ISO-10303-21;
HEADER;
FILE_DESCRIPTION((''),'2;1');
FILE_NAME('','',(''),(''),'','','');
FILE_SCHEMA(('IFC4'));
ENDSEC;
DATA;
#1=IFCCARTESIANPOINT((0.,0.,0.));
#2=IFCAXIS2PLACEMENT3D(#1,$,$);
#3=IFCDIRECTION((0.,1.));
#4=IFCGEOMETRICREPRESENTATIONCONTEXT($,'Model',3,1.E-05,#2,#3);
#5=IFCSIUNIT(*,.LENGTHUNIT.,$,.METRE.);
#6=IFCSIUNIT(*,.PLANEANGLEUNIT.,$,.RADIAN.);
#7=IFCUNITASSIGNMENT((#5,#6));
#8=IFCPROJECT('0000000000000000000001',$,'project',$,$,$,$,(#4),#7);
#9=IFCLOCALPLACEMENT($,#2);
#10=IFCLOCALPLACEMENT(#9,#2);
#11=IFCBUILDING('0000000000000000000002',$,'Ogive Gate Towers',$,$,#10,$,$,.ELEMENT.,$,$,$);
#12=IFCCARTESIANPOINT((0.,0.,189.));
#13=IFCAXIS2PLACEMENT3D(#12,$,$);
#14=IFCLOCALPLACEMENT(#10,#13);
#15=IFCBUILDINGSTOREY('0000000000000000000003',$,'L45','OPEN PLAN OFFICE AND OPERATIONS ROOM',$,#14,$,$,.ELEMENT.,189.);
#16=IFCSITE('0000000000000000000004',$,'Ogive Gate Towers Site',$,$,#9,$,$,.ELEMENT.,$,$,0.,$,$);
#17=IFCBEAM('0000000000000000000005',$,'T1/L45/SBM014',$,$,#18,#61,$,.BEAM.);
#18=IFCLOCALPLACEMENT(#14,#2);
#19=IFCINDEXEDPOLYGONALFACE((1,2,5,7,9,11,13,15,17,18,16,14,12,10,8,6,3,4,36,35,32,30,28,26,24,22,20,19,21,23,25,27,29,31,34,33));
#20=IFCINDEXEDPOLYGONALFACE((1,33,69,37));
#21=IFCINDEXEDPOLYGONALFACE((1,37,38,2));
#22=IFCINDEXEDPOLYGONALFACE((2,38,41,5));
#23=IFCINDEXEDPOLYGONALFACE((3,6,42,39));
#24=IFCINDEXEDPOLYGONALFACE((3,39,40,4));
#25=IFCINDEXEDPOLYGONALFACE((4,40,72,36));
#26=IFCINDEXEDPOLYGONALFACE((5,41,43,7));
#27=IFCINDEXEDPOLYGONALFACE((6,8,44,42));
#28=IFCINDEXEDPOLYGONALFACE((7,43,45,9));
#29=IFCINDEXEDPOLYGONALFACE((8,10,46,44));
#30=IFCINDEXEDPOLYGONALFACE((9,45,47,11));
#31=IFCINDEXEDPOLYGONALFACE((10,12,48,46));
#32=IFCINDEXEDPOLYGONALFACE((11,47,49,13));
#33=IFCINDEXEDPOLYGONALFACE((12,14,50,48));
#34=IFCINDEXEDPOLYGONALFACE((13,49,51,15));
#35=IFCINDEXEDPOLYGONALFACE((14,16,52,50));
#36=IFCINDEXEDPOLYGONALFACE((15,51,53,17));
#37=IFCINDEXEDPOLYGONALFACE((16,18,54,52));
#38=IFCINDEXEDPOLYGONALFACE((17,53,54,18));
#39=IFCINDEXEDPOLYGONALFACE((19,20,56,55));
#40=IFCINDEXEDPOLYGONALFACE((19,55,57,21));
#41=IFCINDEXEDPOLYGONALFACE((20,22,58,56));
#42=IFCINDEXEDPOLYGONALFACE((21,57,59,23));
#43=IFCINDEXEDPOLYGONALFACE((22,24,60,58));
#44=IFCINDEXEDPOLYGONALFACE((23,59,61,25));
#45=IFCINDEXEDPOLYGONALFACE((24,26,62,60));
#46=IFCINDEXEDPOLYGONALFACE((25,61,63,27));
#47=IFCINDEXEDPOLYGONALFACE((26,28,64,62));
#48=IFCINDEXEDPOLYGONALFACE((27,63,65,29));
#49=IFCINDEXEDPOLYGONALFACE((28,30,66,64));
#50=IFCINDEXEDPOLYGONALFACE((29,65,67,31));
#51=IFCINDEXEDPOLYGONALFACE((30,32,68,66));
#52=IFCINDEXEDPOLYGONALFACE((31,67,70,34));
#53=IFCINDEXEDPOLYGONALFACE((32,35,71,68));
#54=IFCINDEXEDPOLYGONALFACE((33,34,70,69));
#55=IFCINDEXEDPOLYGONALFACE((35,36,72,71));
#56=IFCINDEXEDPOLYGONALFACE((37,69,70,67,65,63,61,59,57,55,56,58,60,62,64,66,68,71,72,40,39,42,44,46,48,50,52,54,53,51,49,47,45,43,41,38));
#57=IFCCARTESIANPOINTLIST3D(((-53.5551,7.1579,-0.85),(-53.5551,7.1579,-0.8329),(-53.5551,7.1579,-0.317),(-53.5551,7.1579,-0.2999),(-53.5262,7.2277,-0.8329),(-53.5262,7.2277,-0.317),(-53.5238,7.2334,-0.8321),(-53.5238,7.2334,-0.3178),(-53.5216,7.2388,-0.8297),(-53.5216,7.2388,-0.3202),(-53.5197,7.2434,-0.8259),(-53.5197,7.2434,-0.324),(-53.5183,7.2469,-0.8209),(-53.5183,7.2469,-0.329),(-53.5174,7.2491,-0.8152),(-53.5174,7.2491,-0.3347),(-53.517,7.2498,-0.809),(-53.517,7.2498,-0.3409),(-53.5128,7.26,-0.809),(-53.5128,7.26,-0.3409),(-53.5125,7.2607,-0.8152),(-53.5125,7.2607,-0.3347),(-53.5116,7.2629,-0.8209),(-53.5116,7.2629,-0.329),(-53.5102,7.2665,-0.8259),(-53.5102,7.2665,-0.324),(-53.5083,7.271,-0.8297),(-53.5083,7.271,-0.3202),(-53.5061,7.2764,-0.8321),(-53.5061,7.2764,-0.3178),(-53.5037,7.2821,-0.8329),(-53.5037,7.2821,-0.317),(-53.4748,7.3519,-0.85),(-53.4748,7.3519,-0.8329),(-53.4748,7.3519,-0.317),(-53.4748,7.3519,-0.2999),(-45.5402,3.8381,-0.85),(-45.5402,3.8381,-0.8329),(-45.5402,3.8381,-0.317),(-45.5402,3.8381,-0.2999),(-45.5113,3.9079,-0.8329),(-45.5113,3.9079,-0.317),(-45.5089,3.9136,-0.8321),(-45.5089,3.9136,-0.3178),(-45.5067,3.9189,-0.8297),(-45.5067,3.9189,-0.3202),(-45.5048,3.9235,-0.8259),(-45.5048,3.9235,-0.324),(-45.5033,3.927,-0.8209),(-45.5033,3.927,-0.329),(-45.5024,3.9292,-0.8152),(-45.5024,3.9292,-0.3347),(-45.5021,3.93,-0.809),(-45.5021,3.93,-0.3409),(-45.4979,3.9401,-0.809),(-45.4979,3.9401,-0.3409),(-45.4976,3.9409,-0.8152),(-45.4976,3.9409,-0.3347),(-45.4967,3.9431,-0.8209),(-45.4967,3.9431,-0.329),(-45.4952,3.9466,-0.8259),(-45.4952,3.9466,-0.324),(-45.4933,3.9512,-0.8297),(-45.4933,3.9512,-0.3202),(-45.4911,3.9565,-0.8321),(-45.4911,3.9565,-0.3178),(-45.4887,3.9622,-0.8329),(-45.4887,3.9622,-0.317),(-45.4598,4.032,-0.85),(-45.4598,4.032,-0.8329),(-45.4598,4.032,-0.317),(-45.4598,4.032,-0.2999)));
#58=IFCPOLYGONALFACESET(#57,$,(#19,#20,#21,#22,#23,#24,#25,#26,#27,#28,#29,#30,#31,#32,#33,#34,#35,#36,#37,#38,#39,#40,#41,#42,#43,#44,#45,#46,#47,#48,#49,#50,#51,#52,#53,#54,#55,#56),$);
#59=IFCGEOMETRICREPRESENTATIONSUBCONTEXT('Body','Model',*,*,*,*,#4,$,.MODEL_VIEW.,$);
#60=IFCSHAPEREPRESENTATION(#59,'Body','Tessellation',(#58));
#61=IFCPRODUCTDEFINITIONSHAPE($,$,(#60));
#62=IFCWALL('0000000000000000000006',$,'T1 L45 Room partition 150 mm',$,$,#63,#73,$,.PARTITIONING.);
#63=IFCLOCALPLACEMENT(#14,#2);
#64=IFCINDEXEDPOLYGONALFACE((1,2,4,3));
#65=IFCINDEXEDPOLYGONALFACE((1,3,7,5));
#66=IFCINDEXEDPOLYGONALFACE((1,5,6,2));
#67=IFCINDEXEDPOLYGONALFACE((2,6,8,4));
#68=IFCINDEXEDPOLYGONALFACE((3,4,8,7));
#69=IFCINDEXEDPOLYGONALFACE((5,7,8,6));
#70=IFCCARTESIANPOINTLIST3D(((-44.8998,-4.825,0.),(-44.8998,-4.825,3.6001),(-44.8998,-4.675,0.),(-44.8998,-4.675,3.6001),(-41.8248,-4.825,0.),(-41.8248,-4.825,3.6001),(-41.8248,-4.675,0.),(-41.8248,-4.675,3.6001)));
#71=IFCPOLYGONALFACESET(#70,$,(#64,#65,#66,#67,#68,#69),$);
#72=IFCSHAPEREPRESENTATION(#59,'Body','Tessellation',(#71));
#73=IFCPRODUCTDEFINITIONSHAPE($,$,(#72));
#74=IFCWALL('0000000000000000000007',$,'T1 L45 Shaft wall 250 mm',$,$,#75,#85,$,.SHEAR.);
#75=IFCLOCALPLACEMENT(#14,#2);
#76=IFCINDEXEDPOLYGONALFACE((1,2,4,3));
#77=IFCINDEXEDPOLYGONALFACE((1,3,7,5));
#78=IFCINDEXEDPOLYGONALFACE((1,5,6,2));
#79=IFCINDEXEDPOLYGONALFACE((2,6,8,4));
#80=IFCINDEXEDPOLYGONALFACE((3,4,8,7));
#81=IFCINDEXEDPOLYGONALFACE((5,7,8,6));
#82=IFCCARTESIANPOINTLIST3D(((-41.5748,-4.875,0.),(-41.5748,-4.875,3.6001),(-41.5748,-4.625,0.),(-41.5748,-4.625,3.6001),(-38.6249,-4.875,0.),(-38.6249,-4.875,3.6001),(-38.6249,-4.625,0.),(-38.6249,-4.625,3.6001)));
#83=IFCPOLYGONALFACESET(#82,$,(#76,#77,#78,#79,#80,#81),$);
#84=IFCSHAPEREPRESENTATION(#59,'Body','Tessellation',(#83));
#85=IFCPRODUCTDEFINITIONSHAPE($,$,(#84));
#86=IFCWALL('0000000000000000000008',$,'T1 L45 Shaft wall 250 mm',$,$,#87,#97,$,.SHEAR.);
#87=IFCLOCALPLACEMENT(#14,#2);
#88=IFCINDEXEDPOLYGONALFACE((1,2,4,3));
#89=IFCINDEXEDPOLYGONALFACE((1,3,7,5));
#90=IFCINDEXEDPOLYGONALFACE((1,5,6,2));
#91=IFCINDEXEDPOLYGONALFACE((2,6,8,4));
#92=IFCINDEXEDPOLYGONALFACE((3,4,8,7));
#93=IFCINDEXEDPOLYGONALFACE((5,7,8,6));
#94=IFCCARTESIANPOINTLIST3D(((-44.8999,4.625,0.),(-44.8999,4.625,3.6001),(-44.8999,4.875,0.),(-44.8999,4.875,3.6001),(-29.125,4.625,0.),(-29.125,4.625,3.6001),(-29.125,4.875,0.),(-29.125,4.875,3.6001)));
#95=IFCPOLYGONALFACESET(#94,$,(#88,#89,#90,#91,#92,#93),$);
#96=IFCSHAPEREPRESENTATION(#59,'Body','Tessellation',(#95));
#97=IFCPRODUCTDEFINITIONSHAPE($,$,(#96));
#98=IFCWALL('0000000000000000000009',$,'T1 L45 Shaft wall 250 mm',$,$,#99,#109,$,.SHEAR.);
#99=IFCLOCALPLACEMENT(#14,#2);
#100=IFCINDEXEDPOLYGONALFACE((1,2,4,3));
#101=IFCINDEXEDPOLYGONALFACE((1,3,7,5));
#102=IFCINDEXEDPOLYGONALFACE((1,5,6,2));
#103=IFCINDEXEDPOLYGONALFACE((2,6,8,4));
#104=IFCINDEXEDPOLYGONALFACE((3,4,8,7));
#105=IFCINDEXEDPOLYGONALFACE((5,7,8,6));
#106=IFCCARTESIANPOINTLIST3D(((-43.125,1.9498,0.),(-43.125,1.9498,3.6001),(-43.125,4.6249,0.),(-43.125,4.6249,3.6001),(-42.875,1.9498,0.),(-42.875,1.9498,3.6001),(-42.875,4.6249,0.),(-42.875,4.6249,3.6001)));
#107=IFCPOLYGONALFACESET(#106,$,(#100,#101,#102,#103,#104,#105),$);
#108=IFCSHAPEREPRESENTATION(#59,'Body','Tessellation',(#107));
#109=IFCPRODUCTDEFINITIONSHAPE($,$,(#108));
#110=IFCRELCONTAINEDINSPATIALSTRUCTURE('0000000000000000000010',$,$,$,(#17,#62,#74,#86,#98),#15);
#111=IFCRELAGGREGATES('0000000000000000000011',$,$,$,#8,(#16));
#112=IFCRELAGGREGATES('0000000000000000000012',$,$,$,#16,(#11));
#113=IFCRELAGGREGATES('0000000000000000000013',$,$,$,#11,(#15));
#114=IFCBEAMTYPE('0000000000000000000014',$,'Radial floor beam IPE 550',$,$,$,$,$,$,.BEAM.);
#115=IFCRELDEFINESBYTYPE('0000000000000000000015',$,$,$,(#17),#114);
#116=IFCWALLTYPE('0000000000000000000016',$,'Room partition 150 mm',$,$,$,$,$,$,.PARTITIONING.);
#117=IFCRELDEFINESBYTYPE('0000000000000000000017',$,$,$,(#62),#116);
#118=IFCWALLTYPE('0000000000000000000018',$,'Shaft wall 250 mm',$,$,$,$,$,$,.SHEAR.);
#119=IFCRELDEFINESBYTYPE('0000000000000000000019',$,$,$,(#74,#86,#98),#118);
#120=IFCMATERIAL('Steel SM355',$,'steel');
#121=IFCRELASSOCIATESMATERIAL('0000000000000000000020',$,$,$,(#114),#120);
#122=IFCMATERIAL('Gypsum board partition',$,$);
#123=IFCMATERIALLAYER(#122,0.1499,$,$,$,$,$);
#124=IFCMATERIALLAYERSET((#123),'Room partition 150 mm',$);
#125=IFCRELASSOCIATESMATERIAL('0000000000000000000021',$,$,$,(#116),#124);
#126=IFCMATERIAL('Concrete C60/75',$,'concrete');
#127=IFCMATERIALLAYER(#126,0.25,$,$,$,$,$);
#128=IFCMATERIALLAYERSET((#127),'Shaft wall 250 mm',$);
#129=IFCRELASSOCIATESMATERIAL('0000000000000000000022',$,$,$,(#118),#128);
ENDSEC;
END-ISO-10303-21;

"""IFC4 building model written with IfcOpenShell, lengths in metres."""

from ifc_helpers import new_model, si_unit, direction, frame, frame_2d, origin, origin_2d, place, context, subcontext, project, spatial, rectangle, i_section, extrude, material, layer, layer_set, material_profile, profile_set, type_object, element, save


model = new_model("IFC4")

# Units and contexts
model_context = context("Model", 3, precision=1e-05, world=origin(), true_north=direction((0.0, 1.0)))
body_context = subcontext(model_context, "Body", "Model", "MODEL_VIEW")
ifc_project = project(units=[si_unit("LENGTHUNIT", "METRE"), si_unit("PLANEANGLEUNIT", "RADIAN")], contexts=[model_context])

# Site, building, storey
site_placement = place(None, origin())
site = spatial("IfcSite", under=ifc_project, at=site_placement, Name="Ogive Gate Towers Site", CompositionType="ELEMENT", RefElevation=0.0)
building_placement = place(site_placement, origin())
building = spatial("IfcBuilding", under=site, at=building_placement, Name="Ogive Gate Towers", CompositionType="ELEMENT")
storey_placement = place(building_placement, frame((0.0, 0.0, 189.0)))
storey = spatial("IfcBuildingStorey", under=building, at=storey_placement, Name="L45", Description="OPEN PLAN OFFICE AND OPERATIONS ROOM", CompositionType="ELEMENT", Elevation=189.0)

# Beam
ifc_material_1 = material(Name="Steel SM355", Category="steel")
ifc_material_profile = material_profile(ifc_material_1, i_section(OverallWidth=0.21, OverallDepth=0.55, WebThickness=0.011, FlangeThickness=0.0171, FilletRadius=0.0239, at=origin_2d()), Name="IPE 550")
ifc_profile_set = profile_set([ifc_material_profile], Name="Steel SM355")
beam_type = type_object("IfcBeamType", Name="Radial floor beam IPE 550", PredefinedType="BEAM", material=ifc_profile_set)
beam_placement = place(storey_placement, frame((-45.5, 3.9351, -0.575), z_axis=(-0.923882, 0.382678, 0.0), x_axis=(-0.382678, -0.923882, 0.0)))
element("IfcBeam", 1, at=beam_placement, inside=storey, type_object=beam_type, Name="T1/L45/SBM014", PredefinedType="BEAM", context=body_context, shape_type="SweptSolid", body=[
    extrude(i_section(OverallWidth=0.21, OverallDepth=0.55, WebThickness=0.011, FlangeThickness=0.0171, FilletRadius=0.0239, at=origin_2d()), origin(), (0.0, 0.0, 1.0), 8.6753),
])

# Walls
ifc_material_2 = material(Name="Gypsum board partition")
ifc_layer_1 = layer(ifc_material_2, 0.1499)
ifc_layer_set_1 = layer_set([ifc_layer_1], Name="Room partition 150 mm")
wall_type_1 = type_object("IfcWallType", Name="Room partition 150 mm", PredefinedType="PARTITIONING", material=ifc_layer_set_1)
wall_1_placement = place(storey_placement, frame((-44.8999, -4.75, 0.0), z_axis=(0.0, 0.0, 1.0), x_axis=(1.0, 0.0, 0.0)))
element("IfcWall", 2, at=wall_1_placement, inside=storey, type_object=wall_type_1, Name="T1 L45 Room partition 150 mm", PredefinedType="PARTITIONING", context=body_context, shape_type="SweptSolid", body=[
    extrude(rectangle(XDim=3.075, YDim=0.1499, at=frame_2d((1.5376, 0.0))), origin(), (0.0, 0.0, 1.0), 3.6001),
])
ifc_material_3 = material(Name="Concrete C60/75", Category="concrete")
ifc_layer_2 = layer(ifc_material_3, 0.25)
ifc_layer_set_2 = layer_set([ifc_layer_2], Name="Shaft wall 250 mm")
wall_type_2 = type_object("IfcWallType", Name="Shaft wall 250 mm", PredefinedType="SHEAR", material=ifc_layer_set_2)
wall_2_placement = place(storey_placement, frame((-41.575, -4.75, 0.0), z_axis=(0.0, 0.0, 1.0), x_axis=(1.0, 0.0, 0.0)))
element("IfcWall", 3, at=wall_2_placement, inside=storey, type_object=wall_type_2, Name="T1 L45 Shaft wall 250 mm", PredefinedType="SHEAR", context=body_context, shape_type="SweptSolid", body=[
    extrude(rectangle(XDim=2.95, YDim=0.25, at=frame_2d((1.4751, 0.0))), origin(), (0.0, 0.0, 1.0), 3.6001),
])
wall_3_placement = place(storey_placement, frame((-44.8999, 4.75, 0.0), z_axis=(0.0, 0.0, 1.0), x_axis=(1.0, 0.0, 0.0)))
element("IfcWall", 4, at=wall_3_placement, inside=storey, type_object=wall_type_2, Name="T1 L45 Shaft wall 250 mm", PredefinedType="SHEAR", context=body_context, shape_type="SweptSolid", body=[
    extrude(rectangle(XDim=15.7749, YDim=0.25, at=frame_2d((7.8875, 0.0))), origin(), (0.0, 0.0, 1.0), 3.6001),
])
wall_4_placement = place(storey_placement, frame((-43.0, 1.95, 0.0), z_axis=(0.0, 0.0, 1.0), x_axis=(0.0, 1.0, 0.0)))
element("IfcWall", 5, at=wall_4_placement, inside=storey, type_object=wall_type_2, Name="T1 L45 Shaft wall 250 mm", PredefinedType="SHEAR", context=body_context, shape_type="SweptSolid", body=[
    extrude(rectangle(XDim=2.675, YDim=0.25, at=frame_2d((1.3374, 0.0))), origin(), (0.0, 0.0, 1.0), 3.6001),
])

save(model, "model.ifc")
